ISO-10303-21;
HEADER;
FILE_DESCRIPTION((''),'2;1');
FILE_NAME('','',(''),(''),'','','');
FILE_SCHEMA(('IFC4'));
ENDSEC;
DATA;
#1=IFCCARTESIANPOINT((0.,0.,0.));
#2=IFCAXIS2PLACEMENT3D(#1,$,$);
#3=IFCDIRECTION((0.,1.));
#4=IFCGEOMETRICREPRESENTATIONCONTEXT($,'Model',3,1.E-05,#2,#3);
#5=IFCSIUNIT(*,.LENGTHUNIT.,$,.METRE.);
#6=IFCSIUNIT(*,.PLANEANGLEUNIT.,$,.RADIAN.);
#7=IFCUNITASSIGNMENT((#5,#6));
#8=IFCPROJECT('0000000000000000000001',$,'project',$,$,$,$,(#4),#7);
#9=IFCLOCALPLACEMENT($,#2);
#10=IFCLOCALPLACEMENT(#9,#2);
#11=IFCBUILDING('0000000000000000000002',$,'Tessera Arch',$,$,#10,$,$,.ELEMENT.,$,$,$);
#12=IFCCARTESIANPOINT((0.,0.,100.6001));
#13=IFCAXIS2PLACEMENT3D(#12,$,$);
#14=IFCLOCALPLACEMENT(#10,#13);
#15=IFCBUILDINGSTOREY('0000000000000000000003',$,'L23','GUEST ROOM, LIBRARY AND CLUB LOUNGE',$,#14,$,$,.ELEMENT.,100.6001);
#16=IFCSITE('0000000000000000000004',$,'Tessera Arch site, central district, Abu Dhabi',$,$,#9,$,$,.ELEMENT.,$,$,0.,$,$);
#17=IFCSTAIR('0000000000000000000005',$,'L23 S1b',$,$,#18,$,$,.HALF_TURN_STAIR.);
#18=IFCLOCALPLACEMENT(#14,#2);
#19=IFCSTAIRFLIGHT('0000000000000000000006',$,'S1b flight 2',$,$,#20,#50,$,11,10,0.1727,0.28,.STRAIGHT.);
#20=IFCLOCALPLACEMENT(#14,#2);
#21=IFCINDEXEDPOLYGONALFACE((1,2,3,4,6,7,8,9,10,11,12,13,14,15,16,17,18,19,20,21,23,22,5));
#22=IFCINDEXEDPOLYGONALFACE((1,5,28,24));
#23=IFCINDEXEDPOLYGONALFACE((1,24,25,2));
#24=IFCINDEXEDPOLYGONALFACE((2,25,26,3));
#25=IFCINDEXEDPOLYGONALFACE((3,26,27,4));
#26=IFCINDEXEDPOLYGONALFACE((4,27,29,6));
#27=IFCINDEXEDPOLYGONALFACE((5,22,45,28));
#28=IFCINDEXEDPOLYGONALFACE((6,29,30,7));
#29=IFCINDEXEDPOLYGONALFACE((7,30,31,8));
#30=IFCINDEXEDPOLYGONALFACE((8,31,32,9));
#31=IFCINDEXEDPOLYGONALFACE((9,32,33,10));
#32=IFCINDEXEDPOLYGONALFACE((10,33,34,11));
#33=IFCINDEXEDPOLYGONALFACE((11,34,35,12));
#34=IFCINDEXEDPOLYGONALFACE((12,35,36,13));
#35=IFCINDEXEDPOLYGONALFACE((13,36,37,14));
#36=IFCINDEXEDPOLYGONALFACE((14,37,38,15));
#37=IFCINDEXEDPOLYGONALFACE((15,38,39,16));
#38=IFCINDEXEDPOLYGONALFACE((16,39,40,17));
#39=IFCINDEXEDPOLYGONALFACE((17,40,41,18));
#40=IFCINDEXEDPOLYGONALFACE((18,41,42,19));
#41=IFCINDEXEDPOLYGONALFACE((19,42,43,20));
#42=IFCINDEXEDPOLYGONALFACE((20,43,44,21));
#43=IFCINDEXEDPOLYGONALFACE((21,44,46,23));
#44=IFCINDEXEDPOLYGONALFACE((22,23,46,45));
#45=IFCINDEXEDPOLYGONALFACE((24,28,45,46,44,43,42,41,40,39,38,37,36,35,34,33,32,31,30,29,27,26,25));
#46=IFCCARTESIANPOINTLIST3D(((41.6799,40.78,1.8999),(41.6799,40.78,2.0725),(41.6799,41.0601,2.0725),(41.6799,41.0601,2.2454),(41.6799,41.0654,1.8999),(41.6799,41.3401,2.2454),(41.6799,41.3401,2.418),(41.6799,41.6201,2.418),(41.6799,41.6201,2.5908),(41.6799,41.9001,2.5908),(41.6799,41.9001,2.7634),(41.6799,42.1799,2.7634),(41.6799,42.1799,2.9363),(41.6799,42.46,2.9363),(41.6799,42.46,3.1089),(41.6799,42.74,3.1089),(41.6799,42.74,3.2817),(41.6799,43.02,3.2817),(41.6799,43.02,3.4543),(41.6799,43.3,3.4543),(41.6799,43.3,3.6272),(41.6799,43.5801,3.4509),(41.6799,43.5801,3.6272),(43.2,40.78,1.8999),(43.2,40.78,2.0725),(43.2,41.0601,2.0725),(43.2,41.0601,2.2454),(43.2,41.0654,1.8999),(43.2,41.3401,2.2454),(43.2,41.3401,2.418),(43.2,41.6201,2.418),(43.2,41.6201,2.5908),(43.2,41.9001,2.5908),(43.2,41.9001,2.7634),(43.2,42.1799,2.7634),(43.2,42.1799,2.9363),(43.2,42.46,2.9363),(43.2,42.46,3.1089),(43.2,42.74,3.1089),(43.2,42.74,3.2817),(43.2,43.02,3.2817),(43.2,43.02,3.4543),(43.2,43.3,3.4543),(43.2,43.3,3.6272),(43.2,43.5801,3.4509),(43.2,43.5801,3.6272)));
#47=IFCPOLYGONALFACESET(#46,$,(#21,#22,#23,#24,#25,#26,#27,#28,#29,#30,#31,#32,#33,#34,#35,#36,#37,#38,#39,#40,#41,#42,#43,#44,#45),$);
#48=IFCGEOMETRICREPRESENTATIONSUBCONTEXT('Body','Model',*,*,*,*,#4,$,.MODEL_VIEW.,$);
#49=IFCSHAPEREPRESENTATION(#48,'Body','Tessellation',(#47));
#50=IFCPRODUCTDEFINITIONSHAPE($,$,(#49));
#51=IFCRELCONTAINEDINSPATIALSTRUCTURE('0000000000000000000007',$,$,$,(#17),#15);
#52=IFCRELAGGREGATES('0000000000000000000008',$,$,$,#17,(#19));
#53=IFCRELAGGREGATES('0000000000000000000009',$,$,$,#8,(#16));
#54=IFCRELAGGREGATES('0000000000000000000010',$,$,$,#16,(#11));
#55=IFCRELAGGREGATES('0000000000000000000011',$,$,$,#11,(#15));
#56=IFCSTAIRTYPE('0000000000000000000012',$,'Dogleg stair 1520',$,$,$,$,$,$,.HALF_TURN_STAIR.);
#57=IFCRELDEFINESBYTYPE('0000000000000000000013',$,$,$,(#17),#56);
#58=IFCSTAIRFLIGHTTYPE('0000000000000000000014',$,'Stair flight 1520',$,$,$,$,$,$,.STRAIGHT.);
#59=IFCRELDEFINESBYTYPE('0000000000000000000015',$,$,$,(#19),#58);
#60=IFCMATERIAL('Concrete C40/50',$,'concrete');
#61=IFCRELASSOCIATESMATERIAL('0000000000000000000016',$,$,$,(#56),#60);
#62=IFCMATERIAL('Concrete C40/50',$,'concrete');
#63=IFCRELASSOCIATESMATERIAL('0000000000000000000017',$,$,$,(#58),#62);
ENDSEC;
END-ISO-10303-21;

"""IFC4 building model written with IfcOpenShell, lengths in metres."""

from ifc_helpers import new_model, si_unit, direction, frame, origin, place, context, subcontext, project, spatial, polyline, outline, extrude, material, type_object, element, aggregate, save


model = new_model("IFC4")

# Units and contexts
model_context = context("Model", 3, precision=1e-05, world=origin(), true_north=direction((0.0, 1.0)))
body_context = subcontext(model_context, "Body", "Model", "MODEL_VIEW")
ifc_project = project(units=[si_unit("LENGTHUNIT", "METRE"), si_unit("PLANEANGLEUNIT", "RADIAN")], contexts=[model_context])

# Site, building, storey
site_placement = place(None, origin())
site = spatial("IfcSite", under=ifc_project, at=site_placement, Name="Tessera Arch site, central district, Abu Dhabi", CompositionType="ELEMENT", RefElevation=0.0)
building_placement = place(site_placement, origin())
building = spatial("IfcBuilding", under=site, at=building_placement, Name="Tessera Arch", CompositionType="ELEMENT")
storey_placement = place(building_placement, frame((0.0, 0.0, 100.6001)))
storey = spatial("IfcBuildingStorey", under=building, at=storey_placement, Name="L23", Description="GUEST ROOM, LIBRARY AND CLUB LOUNGE", CompositionType="ELEMENT", Elevation=100.6001)

# Shared definitions
ifc_material_1 = material(Name="Concrete C40/50", Category="concrete")
stair_type = type_object("IfcStairType", Name="Dogleg stair 1520", PredefinedType="HALF_TURN_STAIR", material=ifc_material_1)
ifc_material_2 = material(Name="Concrete C40/50", Category="concrete")
stair_flight_type = type_object("IfcStairFlightType", Name="Stair flight 1520", PredefinedType="STRAIGHT", material=ifc_material_2)

# Stair, stair flight
stair_1_placement = place(storey_placement, origin())
stair_1 = element("IfcStair", 1, at=stair_1_placement, inside=storey, type_object=stair_type, Name="L23 S1b", PredefinedType="HALF_TURN_STAIR")
stair_flight_1_placement = place(storey_placement, frame((42.4399, 40.78, 1.8999), z_axis=(0.0, 0.0, 1.0), x_axis=(0.0, 1.0, 0.0)))
stair_flight_1 = element("IfcStairFlight", 2, at=stair_flight_1_placement, type_object=stair_flight_type, Name="S1b flight 2", NumberOfRisers=11, NumberOfTreads=10, PredefinedType="STRAIGHT", RiserHeight=0.1727, TreadLength=0.28, context=body_context, shape_type="SweptSolid", body=[
    extrude(outline(polyline([(0.0, 0.0), (0.0, 0.1726), (0.28, 0.1726), (0.28, 0.3455), (0.5601, 0.3455), (0.5601, 0.5181), (0.8401, 0.5181), (0.8401, 0.6909), (1.1201, 0.6909), (1.1201, 0.8635), (1.3999, 0.8635), (1.3999, 1.0364), (1.6799, 1.0364), (1.6799, 1.209), (1.96, 1.209), (1.96, 1.3818), (2.24, 1.3818), (2.24, 1.5544), (2.52, 1.5544), (2.52, 1.7273), (2.8, 1.7273), (2.8, 1.8999), (2.8, 1.551), (0.2854, 0.0), (0.0, 0.0)])), frame((0.0, 0.76, 0.0), z_axis=(0.0, -1.0, 0.0), x_axis=(1.0, 0.0, 0.0)), (0.0, 0.0, 1.0), 1.52),
])
aggregate(stair_1, [stair_flight_1])

save(model, "model.ifc")
